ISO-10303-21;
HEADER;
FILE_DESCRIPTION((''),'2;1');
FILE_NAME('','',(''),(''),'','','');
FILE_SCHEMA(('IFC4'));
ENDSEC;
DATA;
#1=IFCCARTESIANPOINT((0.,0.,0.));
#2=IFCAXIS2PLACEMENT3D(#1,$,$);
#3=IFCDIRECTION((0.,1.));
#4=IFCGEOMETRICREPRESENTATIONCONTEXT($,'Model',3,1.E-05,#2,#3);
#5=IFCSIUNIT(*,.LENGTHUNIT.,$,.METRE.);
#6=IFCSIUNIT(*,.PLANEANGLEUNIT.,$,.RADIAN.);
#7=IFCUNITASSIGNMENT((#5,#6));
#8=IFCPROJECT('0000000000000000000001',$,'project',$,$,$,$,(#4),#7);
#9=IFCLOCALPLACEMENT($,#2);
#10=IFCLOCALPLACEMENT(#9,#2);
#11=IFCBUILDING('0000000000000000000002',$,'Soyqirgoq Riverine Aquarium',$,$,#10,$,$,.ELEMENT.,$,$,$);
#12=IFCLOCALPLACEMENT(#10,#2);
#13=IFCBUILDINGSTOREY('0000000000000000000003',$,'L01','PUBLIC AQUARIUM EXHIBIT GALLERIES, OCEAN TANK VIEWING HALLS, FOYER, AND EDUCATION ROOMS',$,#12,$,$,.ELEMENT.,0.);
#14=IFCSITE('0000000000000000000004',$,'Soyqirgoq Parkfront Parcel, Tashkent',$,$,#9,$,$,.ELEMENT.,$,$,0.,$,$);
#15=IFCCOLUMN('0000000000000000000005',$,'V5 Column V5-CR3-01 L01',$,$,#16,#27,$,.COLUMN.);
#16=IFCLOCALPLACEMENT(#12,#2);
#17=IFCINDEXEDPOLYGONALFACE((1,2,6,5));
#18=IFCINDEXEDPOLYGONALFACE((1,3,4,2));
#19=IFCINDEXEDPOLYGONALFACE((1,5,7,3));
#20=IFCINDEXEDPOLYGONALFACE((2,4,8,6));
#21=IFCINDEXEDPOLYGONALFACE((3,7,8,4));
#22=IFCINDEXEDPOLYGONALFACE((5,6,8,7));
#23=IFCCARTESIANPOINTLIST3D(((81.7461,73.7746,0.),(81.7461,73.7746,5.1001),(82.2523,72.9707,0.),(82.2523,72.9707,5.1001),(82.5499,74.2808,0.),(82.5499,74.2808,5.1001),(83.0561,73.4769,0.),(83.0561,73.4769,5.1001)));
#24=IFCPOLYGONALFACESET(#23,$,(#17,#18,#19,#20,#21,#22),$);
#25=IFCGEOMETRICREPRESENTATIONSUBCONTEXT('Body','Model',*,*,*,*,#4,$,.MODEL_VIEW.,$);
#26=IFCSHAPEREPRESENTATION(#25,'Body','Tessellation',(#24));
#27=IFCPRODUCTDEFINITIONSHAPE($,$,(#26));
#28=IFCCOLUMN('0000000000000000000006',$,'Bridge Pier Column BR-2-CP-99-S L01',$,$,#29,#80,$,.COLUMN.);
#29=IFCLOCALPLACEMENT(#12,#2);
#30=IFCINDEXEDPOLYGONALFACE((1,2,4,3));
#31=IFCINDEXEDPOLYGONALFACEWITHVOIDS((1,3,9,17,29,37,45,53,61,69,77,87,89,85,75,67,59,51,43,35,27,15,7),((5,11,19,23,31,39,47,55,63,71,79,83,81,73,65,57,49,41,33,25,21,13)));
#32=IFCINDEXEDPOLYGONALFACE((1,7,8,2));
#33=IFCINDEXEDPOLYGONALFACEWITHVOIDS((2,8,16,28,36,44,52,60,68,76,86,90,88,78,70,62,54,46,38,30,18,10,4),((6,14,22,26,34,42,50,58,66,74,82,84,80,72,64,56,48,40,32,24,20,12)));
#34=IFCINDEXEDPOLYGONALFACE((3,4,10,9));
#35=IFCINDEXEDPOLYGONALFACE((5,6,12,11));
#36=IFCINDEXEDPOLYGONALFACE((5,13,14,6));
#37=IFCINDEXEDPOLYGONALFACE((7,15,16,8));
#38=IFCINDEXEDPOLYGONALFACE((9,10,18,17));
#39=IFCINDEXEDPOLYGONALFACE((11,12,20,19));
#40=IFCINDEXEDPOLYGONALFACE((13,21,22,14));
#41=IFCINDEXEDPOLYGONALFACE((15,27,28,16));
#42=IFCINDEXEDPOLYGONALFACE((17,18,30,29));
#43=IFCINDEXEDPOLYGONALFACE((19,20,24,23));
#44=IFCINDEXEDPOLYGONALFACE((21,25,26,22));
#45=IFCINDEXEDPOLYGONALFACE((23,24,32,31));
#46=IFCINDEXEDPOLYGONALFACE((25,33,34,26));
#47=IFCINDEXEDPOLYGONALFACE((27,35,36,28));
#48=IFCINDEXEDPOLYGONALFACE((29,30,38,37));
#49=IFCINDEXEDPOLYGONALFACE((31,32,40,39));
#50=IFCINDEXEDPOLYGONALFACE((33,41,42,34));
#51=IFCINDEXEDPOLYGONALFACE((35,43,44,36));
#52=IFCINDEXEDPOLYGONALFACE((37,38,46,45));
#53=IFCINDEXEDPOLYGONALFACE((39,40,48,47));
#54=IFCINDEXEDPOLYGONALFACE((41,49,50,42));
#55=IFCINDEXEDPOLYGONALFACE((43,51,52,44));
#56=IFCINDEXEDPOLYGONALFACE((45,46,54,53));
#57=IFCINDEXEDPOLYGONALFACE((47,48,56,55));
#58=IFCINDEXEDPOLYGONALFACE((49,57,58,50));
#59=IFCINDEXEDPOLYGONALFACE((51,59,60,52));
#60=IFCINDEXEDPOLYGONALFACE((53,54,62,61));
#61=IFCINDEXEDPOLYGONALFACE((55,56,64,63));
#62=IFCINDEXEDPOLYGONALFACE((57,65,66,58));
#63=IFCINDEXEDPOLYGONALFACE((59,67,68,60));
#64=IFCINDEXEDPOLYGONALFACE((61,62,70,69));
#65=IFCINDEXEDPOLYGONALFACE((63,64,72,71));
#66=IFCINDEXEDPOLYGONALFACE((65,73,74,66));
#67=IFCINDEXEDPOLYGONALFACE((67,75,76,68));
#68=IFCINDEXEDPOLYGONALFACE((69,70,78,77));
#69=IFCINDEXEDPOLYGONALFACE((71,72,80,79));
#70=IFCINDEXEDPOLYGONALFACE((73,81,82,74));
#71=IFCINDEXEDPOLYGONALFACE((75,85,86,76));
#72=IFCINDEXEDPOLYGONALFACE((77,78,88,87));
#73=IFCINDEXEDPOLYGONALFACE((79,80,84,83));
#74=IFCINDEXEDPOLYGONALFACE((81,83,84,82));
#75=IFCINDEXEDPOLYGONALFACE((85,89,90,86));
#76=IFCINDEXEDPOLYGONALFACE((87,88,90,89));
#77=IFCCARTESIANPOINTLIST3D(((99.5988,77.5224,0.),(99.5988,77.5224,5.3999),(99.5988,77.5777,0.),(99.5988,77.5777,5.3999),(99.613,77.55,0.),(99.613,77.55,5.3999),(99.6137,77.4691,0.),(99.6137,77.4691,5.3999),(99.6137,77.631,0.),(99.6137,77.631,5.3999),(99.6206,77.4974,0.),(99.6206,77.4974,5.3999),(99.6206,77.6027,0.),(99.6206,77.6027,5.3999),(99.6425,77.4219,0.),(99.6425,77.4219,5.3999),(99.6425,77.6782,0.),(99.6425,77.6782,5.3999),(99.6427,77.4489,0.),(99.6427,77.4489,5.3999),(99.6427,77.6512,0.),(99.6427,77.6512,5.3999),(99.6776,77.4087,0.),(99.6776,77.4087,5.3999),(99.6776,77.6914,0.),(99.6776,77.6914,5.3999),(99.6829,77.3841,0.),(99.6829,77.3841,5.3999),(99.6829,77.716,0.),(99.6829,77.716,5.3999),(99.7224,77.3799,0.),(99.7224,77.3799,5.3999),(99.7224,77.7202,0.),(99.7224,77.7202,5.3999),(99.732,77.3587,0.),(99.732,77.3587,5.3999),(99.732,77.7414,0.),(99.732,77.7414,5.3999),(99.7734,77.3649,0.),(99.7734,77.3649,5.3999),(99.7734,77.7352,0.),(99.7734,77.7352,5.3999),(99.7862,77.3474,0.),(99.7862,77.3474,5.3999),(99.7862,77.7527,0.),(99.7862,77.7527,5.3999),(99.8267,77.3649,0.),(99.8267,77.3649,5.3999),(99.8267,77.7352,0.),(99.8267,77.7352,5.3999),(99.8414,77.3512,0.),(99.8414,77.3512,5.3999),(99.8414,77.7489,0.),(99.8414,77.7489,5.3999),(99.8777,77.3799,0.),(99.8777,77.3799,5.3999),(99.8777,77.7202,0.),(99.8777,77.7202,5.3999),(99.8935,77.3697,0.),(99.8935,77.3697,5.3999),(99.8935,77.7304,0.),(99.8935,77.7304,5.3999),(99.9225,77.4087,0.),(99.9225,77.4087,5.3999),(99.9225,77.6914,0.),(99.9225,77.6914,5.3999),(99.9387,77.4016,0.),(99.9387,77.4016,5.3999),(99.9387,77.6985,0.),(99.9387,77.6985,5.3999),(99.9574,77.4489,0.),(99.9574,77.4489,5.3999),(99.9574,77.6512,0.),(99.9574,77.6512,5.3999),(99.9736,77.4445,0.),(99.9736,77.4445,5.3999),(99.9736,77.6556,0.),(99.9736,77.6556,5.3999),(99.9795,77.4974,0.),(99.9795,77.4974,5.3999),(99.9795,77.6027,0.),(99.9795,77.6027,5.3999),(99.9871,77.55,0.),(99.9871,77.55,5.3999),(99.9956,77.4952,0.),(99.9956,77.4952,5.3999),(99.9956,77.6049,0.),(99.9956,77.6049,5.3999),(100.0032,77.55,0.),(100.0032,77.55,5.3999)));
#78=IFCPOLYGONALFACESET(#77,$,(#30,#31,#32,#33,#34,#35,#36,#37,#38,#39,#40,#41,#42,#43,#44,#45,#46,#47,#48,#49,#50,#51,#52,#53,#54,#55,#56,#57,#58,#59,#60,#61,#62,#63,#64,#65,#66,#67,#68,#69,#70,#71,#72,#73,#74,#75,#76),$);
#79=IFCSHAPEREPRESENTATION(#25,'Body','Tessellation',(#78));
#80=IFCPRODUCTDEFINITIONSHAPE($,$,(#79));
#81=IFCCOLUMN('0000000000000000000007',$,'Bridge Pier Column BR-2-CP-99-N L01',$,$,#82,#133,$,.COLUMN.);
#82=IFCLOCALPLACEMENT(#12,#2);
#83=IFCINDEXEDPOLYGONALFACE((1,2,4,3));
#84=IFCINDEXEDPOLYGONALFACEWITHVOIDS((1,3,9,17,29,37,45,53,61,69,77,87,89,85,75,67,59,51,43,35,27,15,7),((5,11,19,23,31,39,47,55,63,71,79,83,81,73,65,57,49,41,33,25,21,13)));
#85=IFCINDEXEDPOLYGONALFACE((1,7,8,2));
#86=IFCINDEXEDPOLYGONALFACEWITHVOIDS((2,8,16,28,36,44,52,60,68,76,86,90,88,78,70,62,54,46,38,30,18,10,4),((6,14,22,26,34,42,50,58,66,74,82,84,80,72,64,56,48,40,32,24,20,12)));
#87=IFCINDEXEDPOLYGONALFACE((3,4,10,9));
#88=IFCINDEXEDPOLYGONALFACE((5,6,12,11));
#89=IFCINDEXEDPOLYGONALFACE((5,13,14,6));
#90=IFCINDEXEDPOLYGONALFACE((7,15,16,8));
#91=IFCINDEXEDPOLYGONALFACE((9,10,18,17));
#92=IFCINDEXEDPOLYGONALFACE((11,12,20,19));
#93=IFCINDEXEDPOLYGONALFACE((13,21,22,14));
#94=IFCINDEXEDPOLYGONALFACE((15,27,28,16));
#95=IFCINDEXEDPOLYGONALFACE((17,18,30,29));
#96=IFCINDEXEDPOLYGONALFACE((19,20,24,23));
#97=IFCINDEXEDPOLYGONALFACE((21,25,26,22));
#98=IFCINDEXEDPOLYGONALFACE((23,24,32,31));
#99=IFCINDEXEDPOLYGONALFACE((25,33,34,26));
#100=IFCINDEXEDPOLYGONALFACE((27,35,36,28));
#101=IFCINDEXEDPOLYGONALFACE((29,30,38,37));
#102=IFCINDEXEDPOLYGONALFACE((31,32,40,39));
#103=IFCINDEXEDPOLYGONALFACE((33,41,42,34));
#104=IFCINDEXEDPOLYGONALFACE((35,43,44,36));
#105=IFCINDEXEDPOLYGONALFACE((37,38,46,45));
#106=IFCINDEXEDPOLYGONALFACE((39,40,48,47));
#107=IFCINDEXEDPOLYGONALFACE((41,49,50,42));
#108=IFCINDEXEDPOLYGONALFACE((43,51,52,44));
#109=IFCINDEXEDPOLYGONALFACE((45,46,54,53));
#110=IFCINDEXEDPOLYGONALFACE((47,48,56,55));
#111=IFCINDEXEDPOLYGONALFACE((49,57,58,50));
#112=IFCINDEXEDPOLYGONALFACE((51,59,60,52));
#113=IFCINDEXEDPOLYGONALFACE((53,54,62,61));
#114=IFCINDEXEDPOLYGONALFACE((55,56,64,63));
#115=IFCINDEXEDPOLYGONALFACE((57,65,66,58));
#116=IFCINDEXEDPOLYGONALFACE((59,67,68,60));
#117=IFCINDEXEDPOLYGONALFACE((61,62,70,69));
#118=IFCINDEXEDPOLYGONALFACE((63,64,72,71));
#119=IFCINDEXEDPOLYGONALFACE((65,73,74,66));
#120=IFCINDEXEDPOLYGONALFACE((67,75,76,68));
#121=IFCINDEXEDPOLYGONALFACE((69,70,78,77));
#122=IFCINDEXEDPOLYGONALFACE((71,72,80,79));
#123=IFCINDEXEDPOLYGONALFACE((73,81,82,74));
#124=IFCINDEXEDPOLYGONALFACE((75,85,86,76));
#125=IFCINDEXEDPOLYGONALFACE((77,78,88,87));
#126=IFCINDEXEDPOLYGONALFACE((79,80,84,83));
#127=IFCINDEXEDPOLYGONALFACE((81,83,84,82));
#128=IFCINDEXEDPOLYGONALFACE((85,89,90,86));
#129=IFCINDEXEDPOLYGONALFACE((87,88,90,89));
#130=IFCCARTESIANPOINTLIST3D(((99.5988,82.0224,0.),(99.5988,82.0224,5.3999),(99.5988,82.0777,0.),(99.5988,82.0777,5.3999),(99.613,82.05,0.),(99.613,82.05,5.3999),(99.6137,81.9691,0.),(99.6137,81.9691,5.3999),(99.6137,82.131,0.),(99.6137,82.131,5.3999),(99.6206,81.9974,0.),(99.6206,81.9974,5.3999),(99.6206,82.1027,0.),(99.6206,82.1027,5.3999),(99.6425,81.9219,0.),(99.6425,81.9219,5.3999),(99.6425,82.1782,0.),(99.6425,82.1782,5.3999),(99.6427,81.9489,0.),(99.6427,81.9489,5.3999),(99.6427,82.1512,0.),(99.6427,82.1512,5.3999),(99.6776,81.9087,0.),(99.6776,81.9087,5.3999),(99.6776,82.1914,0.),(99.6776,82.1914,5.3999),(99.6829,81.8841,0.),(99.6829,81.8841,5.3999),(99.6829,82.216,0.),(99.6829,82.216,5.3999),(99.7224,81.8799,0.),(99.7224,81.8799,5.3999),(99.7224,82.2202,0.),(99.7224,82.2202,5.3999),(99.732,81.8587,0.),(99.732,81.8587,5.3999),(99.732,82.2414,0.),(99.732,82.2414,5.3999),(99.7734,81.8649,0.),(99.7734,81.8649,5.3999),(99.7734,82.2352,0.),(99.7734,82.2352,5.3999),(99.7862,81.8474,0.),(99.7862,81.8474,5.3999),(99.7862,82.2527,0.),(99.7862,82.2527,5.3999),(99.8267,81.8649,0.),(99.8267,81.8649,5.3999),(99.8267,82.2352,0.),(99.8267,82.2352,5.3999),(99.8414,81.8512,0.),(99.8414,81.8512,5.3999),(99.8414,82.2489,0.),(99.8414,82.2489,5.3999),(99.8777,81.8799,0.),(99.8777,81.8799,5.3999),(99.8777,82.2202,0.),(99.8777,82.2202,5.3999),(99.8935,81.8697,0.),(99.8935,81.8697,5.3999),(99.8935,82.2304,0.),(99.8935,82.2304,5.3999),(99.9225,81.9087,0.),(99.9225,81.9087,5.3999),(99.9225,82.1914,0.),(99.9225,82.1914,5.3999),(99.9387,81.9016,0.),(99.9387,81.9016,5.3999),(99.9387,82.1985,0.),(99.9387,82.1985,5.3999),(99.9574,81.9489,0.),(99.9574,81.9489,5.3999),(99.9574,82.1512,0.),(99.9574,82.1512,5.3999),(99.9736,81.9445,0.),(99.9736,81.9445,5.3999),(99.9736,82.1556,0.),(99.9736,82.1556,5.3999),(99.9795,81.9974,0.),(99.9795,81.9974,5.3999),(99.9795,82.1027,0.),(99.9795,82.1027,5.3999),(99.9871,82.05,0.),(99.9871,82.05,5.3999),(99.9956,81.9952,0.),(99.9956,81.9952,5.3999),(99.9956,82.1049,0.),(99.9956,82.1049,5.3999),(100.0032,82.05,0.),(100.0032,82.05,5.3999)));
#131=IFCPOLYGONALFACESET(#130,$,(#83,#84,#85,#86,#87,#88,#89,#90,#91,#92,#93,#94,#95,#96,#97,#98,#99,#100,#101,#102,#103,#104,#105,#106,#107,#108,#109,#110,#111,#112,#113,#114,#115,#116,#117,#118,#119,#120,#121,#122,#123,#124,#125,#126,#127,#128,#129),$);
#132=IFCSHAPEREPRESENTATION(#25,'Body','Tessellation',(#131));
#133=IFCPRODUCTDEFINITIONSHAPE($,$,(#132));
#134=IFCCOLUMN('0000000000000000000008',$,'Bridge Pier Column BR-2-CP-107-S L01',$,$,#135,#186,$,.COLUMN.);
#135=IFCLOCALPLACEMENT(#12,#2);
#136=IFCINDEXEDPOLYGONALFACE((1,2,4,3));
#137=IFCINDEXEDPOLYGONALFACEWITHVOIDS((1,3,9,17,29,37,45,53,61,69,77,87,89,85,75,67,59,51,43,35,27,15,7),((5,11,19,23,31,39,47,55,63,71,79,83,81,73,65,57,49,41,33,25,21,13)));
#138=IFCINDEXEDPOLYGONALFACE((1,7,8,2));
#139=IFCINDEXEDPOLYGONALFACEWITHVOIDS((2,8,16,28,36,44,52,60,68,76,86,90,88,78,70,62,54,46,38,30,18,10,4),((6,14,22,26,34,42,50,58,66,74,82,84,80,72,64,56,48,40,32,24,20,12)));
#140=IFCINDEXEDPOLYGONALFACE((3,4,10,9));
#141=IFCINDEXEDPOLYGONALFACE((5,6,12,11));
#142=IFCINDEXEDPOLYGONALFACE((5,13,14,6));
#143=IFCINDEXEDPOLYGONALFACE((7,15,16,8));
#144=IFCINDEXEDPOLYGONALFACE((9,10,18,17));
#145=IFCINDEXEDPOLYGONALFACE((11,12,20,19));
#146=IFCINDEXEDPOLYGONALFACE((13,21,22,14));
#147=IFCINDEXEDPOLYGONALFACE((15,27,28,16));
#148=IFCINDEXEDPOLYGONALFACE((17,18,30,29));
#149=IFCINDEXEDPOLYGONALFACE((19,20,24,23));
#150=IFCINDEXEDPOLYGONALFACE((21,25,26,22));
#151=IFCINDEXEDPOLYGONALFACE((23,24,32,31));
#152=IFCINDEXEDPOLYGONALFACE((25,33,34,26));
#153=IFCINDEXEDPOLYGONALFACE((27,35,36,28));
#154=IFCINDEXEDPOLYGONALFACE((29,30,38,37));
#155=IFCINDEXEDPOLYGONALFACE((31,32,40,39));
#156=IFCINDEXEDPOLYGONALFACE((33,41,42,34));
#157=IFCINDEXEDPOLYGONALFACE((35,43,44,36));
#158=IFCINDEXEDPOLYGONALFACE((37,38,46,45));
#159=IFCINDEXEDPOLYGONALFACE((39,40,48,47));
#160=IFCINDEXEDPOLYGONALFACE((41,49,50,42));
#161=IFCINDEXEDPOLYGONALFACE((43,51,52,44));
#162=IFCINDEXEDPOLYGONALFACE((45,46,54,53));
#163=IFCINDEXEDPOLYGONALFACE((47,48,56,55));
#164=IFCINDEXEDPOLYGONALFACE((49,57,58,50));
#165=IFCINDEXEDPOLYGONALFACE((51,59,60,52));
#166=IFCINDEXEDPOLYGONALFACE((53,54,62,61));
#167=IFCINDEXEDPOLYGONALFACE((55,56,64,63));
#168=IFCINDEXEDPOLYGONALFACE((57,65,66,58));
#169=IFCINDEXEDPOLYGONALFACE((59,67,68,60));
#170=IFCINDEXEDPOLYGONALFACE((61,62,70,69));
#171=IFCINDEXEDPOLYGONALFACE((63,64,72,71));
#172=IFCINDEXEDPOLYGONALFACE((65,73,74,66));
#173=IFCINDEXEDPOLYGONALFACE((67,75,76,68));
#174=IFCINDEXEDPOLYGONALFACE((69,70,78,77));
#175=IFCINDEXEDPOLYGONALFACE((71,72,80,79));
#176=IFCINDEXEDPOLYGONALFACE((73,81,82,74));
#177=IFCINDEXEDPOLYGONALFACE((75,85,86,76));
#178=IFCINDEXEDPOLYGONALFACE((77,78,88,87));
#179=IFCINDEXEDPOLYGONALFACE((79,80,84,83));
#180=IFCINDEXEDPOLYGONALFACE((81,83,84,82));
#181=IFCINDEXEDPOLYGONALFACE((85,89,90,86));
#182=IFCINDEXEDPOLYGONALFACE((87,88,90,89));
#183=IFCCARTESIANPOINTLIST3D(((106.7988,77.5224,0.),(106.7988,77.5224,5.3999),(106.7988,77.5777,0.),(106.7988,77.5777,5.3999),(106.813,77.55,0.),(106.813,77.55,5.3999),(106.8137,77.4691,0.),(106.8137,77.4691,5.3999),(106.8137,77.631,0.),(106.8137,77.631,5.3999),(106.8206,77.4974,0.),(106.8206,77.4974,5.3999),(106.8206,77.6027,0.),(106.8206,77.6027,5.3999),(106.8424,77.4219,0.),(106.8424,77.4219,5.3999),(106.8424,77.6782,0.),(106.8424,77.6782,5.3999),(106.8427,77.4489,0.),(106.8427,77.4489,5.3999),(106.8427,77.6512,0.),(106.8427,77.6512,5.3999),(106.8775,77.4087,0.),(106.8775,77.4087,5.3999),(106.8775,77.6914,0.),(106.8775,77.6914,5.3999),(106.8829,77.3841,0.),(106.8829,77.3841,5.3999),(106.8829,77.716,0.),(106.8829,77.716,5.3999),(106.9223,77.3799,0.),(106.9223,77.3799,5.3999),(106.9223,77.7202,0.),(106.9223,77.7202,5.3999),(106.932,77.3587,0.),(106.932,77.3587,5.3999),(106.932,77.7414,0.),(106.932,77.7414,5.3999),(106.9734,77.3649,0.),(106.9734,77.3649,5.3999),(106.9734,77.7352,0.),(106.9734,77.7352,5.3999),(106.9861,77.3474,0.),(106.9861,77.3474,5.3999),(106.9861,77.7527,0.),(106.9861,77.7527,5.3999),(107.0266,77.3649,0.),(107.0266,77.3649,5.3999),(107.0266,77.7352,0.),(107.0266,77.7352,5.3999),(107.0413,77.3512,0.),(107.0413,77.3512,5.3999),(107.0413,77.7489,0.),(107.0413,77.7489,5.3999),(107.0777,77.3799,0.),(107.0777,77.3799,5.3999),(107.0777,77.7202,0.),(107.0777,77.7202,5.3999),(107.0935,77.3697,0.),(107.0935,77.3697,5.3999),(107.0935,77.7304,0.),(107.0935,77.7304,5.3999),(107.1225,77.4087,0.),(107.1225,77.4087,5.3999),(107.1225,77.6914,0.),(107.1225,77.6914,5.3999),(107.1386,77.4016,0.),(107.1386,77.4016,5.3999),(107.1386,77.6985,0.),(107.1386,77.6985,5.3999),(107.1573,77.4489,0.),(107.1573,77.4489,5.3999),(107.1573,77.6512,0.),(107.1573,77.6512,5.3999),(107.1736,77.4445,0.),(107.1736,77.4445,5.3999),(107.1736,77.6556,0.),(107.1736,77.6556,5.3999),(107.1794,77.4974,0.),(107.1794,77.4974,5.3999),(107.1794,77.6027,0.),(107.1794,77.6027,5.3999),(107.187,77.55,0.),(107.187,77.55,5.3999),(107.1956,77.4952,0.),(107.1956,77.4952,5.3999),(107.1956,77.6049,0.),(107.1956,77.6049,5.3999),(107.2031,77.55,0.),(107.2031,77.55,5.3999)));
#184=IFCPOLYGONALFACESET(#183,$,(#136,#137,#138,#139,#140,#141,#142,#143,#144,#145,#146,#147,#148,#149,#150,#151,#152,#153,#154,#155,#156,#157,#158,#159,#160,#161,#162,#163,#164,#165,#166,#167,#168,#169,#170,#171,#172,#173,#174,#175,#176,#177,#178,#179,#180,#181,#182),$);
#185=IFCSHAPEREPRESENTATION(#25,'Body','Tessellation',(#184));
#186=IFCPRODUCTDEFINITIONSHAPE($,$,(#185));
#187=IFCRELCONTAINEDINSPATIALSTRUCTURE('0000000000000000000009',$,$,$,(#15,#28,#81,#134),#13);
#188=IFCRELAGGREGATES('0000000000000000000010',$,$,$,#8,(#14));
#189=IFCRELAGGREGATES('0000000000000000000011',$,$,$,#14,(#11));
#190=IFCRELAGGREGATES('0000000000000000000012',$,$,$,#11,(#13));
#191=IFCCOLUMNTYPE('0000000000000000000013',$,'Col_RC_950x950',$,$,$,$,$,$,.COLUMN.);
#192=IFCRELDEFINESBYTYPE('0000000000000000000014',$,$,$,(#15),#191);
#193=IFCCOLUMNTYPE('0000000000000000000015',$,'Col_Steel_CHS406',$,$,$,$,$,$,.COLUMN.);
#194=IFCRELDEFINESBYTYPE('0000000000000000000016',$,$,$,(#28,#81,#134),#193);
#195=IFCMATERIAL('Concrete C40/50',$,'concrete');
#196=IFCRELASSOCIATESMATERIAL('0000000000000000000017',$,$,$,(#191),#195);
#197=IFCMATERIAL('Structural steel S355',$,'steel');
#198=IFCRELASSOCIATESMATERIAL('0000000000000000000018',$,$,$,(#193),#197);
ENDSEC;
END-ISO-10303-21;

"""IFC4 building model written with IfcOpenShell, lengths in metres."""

from ifc_helpers import new_model, si_unit, direction, frame, origin, origin_2d, place, context, subcontext, project, spatial, rectangle, hollow_circle, extrude, material, material_profile, profile_set, type_object, element, save


model = new_model("IFC4")

# Units and contexts
model_context = context("Model", 3, precision=1e-05, world=origin(), true_north=direction((0.0, 1.0)))
body_context = subcontext(model_context, "Body", "Model", "MODEL_VIEW")
ifc_project = project(units=[si_unit("LENGTHUNIT", "METRE"), si_unit("PLANEANGLEUNIT", "RADIAN")], contexts=[model_context])

# Site, building, storey
site_placement = place(None, origin())
site = spatial("IfcSite", under=ifc_project, at=site_placement, Name="Soyqirgoq Parkfront Parcel, Tashkent", CompositionType="ELEMENT", RefElevation=0.0)
building_placement = place(site_placement, origin())
building = spatial("IfcBuilding", under=site, at=building_placement, Name="Soyqirgoq Riverine Aquarium", CompositionType="ELEMENT")
storey_placement = place(building_placement, origin())
storey = spatial("IfcBuildingStorey", under=building, at=storey_placement, Name="L01", Description="PUBLIC AQUARIUM EXHIBIT GALLERIES, OCEAN TANK VIEWING HALLS, FOYER, AND EDUCATION ROOMS", CompositionType="ELEMENT", Elevation=0.0)

# Columns
ifc_material_1 = material(Name="Concrete C40/50", Category="concrete")
ifc_material_profile_1 = material_profile(ifc_material_1, rectangle(XDim=0.95, YDim=0.95, at=origin_2d()), Name="RC 950x950")
ifc_profile_set_1 = profile_set([ifc_material_profile_1], Name="Concrete C40/50")
column_type_1 = type_object("IfcColumnType", Name="Col_RC_950x950", PredefinedType="COLUMN", material=ifc_profile_set_1)
column_placement = place(storey_placement, frame((82.4011, 73.6257, 0.0), z_axis=(0.0, 0.0, 1.0), x_axis=(0.846193, 0.532876, 0.0)))
element("IfcColumn", 1, at=column_placement, inside=storey, type_object=column_type_1, Name="V5 Column V5-CR3-01 L01", PredefinedType="COLUMN", context=body_context, shape_type="SweptSolid", body=[
    extrude(rectangle(XDim=0.95, YDim=0.95, at=origin_2d()), origin(), (0.0, 0.0, 1.0), 5.1001),
])
ifc_material_2 = material(Name="Structural steel S355", Category="steel")
ifc_material_profile_2 = material_profile(ifc_material_2, hollow_circle(Radius=0.2031, WallThickness=0.0161, at=origin_2d()), Name="CHS 406.4x16")
ifc_profile_set_2 = profile_set([ifc_material_profile_2], Name="Structural steel S355")
column_type_2 = type_object("IfcColumnType", Name="Col_Steel_CHS406", PredefinedType="COLUMN", material=ifc_profile_set_2)
for number, where, z_axis, x_axis, name in (
    (2, (99.8, 77.55, 0.0), (0.0, 0.0, 1.0), (1.0, 0.0, 0.0), "Bridge Pier Column BR-2-CP-99-S L01"),
    (3, (99.8, 82.05, 0.0), (0.0, 0.0, 1.0), (1.0, 0.0, 0.0), "Bridge Pier Column BR-2-CP-99-N L01"),
    (4, (107.0, 77.55, 0.0), (0.0, 0.0, 1.0), (1.0, 0.0, 0.0), "Bridge Pier Column BR-2-CP-107-S L01"),
):
    element("IfcColumn", number, at=place(storey_placement, frame(where, z_axis=z_axis, x_axis=x_axis)), inside=storey, type_object=column_type_2, Name=name, PredefinedType="COLUMN", context=body_context, shape_type="SweptSolid", body=[
        extrude(hollow_circle(Radius=0.2031, WallThickness=0.0161, at=origin_2d()), origin(), (0.0, 0.0, 1.0), 5.3999),
    ])

save(model, "model.ifc")
